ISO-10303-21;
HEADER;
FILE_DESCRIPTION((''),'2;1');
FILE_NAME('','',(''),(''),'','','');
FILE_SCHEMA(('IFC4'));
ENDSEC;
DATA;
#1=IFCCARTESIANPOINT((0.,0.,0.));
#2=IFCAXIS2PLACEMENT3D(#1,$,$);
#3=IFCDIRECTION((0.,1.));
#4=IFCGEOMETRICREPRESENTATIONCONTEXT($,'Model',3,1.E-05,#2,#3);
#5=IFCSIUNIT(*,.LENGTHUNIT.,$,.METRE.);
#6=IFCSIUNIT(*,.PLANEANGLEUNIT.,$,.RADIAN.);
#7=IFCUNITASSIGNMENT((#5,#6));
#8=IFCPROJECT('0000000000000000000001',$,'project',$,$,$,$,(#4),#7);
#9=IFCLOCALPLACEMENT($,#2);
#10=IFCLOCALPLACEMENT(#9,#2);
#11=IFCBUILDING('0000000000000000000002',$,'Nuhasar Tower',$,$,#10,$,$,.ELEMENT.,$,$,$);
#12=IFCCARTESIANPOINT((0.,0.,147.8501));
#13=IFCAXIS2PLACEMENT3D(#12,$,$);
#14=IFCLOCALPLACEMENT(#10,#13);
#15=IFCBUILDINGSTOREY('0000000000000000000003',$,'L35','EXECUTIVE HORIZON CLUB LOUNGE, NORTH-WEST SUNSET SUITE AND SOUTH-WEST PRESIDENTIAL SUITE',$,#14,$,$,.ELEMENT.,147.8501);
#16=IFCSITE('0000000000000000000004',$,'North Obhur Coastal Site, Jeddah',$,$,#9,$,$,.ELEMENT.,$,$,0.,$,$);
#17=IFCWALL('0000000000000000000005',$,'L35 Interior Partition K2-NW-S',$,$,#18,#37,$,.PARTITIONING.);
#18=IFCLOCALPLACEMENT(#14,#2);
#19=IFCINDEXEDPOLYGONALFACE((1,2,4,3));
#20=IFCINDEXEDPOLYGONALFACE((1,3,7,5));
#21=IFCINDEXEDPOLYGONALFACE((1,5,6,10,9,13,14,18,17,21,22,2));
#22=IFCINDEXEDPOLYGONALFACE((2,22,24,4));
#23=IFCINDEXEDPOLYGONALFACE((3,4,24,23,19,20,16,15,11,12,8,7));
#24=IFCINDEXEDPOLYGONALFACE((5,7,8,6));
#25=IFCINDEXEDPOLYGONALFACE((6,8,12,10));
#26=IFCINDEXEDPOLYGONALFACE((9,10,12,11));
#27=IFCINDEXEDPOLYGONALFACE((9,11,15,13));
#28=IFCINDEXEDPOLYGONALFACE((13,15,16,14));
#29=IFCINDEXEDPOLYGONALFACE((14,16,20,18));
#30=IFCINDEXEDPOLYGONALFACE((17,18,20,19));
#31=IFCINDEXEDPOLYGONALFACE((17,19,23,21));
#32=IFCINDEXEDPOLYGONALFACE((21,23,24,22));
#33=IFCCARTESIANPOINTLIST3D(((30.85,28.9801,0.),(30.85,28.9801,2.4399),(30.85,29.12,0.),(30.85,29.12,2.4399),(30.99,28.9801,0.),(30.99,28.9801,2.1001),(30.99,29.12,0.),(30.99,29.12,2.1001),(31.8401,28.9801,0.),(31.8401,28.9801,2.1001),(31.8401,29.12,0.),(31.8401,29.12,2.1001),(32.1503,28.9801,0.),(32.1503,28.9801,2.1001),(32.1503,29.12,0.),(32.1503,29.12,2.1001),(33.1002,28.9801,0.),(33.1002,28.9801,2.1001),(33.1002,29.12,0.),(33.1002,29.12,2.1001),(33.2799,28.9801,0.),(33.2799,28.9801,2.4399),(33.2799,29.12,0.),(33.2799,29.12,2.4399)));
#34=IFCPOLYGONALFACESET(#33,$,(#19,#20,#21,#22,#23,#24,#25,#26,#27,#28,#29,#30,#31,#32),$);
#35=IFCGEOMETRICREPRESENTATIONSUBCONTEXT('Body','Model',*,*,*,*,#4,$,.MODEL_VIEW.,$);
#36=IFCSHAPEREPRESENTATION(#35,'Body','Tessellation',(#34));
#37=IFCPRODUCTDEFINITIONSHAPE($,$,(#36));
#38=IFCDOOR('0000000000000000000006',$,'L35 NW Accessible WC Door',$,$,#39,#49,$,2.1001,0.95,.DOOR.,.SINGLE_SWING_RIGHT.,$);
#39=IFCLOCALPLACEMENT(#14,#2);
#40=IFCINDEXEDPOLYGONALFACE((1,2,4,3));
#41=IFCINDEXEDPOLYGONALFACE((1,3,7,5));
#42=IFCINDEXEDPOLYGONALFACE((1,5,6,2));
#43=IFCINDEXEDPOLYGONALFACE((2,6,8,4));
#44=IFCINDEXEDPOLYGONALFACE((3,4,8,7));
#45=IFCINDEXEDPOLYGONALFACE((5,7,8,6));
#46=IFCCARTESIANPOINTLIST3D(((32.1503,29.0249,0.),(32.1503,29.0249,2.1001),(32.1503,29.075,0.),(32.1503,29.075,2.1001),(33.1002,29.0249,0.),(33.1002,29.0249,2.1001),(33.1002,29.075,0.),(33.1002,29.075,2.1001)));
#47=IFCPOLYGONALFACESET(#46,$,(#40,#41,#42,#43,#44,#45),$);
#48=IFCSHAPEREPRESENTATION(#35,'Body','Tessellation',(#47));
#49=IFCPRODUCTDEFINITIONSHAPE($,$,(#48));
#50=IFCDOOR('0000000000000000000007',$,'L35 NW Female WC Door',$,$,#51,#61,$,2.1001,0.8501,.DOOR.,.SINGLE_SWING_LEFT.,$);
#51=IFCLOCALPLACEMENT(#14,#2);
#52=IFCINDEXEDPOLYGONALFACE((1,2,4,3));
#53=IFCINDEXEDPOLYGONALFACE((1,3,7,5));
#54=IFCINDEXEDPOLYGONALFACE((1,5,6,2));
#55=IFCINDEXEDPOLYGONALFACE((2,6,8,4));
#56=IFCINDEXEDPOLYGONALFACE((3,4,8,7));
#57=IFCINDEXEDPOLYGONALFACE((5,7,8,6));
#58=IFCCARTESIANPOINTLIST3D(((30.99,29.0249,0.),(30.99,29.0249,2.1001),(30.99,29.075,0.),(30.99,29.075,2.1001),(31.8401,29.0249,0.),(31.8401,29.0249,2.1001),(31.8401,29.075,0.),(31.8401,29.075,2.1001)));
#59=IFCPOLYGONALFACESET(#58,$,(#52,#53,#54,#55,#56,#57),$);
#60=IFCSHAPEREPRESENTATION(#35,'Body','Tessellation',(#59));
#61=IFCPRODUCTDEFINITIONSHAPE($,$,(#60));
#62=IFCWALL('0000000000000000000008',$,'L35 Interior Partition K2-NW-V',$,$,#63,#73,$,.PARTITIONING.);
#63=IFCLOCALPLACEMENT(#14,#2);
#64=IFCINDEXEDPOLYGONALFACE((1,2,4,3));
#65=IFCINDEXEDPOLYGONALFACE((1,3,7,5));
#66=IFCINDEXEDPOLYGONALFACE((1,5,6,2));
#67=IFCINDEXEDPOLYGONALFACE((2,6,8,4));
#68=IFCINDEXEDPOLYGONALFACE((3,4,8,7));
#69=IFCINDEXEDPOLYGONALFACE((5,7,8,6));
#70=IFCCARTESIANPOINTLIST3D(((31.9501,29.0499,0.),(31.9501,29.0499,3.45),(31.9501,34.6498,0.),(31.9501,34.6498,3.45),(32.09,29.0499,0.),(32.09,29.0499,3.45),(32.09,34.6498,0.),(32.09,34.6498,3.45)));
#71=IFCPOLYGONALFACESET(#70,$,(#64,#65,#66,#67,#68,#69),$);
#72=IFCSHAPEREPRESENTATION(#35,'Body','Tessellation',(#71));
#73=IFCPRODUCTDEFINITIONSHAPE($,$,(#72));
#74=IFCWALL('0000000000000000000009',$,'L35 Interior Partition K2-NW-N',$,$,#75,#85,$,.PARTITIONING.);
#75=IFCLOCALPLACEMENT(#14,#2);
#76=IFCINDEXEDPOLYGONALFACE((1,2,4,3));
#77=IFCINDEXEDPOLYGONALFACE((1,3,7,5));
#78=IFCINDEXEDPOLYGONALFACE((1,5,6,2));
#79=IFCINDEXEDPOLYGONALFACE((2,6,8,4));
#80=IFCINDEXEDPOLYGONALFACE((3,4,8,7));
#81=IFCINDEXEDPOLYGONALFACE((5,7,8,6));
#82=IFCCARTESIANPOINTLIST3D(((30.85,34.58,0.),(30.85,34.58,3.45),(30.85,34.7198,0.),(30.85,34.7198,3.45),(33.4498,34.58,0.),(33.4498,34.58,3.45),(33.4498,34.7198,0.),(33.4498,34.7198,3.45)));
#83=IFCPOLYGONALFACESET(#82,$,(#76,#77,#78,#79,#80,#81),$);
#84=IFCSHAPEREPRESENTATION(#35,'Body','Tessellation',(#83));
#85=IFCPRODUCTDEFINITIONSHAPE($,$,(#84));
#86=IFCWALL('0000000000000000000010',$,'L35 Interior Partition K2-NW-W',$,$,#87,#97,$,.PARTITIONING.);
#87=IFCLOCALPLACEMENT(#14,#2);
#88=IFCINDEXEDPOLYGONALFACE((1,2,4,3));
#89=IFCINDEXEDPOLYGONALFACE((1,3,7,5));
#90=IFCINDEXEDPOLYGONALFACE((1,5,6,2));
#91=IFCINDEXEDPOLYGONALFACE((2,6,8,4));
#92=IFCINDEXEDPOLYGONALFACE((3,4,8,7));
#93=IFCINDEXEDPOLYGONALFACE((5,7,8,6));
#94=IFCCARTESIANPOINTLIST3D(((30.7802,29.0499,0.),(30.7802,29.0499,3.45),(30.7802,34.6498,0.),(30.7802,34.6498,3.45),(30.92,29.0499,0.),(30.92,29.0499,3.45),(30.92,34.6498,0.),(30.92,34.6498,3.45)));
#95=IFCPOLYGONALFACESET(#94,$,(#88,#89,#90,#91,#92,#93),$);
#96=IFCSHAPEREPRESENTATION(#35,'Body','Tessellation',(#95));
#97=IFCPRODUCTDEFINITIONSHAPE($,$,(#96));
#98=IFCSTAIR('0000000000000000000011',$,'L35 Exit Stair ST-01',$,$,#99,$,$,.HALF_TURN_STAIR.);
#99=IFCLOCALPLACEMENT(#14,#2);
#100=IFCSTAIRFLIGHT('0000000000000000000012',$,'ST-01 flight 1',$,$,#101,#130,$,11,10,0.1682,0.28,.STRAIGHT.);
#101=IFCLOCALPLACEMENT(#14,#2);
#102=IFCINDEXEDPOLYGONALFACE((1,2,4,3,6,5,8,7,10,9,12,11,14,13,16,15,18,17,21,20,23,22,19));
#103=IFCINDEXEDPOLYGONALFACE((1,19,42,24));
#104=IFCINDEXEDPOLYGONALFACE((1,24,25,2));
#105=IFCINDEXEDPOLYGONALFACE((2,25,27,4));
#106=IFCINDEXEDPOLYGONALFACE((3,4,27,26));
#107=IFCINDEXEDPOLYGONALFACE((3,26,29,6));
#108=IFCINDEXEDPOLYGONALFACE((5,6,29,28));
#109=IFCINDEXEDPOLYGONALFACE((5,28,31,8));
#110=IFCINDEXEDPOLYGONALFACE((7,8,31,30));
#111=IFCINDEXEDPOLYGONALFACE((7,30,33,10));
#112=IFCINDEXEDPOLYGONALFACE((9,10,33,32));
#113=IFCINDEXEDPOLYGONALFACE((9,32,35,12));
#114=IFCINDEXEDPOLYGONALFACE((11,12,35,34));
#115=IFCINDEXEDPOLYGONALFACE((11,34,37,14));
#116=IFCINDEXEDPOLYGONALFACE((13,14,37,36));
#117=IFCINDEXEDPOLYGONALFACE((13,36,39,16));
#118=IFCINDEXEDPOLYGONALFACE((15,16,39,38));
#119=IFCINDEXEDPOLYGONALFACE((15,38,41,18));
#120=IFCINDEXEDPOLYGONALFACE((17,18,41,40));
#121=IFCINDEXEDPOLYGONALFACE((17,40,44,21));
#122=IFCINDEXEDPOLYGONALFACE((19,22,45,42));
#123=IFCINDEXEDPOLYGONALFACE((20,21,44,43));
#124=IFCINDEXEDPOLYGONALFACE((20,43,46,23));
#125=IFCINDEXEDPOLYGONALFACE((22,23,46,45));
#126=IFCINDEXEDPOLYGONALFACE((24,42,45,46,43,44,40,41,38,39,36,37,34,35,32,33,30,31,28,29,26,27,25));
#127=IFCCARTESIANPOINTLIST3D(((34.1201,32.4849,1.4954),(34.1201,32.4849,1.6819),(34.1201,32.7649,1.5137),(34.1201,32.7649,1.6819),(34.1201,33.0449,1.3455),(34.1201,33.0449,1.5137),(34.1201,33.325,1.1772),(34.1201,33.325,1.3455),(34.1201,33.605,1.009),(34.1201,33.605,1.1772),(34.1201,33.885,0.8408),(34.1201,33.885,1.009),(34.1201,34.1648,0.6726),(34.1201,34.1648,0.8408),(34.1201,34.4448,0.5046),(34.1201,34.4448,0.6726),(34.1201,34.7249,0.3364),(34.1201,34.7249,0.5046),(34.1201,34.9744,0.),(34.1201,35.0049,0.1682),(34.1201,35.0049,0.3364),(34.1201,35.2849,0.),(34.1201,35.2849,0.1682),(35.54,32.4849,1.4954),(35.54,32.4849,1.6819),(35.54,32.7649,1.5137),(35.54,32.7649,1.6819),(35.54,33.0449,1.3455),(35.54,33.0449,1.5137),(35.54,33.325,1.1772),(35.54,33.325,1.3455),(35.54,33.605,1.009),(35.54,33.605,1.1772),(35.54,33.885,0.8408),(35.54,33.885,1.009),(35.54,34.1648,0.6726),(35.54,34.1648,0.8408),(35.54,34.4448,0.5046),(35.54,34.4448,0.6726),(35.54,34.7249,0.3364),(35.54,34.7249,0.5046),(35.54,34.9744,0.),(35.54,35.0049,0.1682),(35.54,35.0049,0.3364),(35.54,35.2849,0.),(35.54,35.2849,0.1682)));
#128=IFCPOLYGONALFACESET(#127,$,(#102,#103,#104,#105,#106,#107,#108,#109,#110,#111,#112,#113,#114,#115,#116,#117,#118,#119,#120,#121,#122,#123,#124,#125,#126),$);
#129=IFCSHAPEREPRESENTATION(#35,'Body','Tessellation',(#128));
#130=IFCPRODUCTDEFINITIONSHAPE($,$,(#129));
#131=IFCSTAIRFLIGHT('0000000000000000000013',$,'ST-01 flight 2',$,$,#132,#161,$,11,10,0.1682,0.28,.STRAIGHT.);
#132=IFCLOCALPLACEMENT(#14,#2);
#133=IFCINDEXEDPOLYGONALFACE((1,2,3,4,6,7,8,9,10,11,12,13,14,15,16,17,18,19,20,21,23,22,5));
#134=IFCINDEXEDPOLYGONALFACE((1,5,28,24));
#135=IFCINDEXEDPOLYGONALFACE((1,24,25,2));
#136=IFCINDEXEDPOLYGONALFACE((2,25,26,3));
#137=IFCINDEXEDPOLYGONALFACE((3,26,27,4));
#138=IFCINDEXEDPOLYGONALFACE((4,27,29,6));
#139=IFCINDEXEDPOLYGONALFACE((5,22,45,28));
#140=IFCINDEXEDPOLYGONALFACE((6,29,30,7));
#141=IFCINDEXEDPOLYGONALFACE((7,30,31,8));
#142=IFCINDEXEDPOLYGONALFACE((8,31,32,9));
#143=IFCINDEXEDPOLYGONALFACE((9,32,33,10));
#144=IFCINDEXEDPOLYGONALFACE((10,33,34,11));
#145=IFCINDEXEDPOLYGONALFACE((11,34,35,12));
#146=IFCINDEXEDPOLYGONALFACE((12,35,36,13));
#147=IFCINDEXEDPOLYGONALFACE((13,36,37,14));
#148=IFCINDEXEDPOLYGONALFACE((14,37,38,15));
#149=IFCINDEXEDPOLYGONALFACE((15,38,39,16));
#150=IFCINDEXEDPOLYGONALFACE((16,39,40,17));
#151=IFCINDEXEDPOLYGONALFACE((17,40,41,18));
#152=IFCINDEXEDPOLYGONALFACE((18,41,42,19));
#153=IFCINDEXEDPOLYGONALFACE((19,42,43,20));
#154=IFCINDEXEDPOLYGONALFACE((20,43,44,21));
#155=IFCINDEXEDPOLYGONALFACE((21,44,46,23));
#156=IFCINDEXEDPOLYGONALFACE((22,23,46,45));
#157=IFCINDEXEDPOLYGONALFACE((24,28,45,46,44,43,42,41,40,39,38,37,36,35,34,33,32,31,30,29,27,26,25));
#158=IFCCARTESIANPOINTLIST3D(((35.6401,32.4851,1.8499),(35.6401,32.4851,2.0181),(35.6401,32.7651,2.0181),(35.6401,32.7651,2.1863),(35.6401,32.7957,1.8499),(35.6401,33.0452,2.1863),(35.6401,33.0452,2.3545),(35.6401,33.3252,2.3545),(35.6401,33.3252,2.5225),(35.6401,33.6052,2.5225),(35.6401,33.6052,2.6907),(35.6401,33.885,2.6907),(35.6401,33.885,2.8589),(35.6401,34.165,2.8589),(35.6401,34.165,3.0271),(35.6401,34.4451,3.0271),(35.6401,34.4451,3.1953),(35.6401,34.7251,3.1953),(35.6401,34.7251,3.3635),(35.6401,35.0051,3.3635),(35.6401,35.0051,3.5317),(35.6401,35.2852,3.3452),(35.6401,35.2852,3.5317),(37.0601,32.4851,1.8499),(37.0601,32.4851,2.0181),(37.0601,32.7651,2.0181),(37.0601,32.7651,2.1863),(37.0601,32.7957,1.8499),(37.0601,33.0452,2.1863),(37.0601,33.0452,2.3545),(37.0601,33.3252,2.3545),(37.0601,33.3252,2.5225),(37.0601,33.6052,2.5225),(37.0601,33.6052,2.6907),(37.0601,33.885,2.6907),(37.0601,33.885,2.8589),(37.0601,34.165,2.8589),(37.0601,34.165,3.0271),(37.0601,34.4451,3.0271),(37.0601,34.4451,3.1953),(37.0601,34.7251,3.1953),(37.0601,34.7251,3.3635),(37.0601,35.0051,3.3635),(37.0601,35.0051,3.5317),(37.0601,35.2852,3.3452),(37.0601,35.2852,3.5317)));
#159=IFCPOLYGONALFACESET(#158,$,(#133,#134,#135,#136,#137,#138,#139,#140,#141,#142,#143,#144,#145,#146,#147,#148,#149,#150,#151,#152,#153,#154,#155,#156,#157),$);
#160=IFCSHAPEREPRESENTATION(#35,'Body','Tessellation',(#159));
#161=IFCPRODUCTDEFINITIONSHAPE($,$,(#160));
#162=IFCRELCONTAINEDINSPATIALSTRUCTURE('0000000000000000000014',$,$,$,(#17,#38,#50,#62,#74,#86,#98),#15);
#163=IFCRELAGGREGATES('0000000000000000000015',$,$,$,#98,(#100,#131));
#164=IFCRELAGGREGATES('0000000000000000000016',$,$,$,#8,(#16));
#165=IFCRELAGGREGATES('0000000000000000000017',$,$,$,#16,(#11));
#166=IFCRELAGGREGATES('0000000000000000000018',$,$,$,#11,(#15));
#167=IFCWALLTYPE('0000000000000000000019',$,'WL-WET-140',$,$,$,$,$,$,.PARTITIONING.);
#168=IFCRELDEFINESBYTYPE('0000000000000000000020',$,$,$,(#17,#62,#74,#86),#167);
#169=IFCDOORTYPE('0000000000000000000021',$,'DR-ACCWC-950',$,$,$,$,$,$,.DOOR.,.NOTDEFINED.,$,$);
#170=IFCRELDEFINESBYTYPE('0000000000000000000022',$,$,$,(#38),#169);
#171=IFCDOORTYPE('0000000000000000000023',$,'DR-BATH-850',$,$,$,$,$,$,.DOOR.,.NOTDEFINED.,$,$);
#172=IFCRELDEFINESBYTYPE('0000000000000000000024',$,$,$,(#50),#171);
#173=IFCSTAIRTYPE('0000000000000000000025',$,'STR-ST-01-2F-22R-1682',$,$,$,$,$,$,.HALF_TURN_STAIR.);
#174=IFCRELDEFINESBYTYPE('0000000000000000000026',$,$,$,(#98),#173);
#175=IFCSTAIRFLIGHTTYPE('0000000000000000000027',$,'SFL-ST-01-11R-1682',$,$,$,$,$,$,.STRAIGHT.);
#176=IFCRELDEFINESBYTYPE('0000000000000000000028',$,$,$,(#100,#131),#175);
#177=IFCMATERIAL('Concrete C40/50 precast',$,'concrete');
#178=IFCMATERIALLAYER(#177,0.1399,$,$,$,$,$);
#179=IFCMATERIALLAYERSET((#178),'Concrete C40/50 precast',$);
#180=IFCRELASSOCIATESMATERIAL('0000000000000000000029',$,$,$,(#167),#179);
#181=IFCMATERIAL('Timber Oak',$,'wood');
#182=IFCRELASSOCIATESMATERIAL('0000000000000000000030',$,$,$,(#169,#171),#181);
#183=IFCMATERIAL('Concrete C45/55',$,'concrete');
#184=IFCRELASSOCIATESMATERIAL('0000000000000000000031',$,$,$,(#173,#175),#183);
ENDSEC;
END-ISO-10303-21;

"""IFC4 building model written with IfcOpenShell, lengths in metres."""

from ifc_helpers import new_model, si_unit, direction, frame, frame_2d, origin, place, context, subcontext, project, spatial, polyline, rectangle, outline, extrude, material, layer, layer_set, type_object, element, fill, aggregate, save


model = new_model("IFC4")

# Units and contexts
model_context = context("Model", 3, precision=1e-05, world=origin(), true_north=direction((0.0, 1.0)))
body_context = subcontext(model_context, "Body", "Model", "MODEL_VIEW")
ifc_project = project(units=[si_unit("LENGTHUNIT", "METRE"), si_unit("PLANEANGLEUNIT", "RADIAN")], contexts=[model_context])

# Site, building, storey
site_placement = place(None, origin())
site = spatial("IfcSite", under=ifc_project, at=site_placement, Name="North Obhur Coastal Site, Jeddah", CompositionType="ELEMENT", RefElevation=0.0)
building_placement = place(site_placement, origin())
building = spatial("IfcBuilding", under=site, at=building_placement, Name="Nuhasar Tower", CompositionType="ELEMENT")
storey_placement = place(building_placement, frame((0.0, 0.0, 147.8501)))
storey = spatial("IfcBuildingStorey", under=building, at=storey_placement, Name="L35", Description="EXECUTIVE HORIZON CLUB LOUNGE, NORTH-WEST SUNSET SUITE AND SOUTH-WEST PRESIDENTIAL SUITE", CompositionType="ELEMENT", Elevation=147.8501)

# Shared definitions
ifc_material_1 = material(Name="Concrete C40/50 precast", Category="concrete")
ifc_layer_1 = layer(ifc_material_1, 0.1399)
ifc_layer_set_1 = layer_set([ifc_layer_1], Name="Concrete C40/50 precast")
wall_type_1 = type_object("IfcWallType", Name="WL-WET-140", PredefinedType="PARTITIONING", material=ifc_layer_set_1)

# Wall, openings, doors
wall_1_placement = place(storey_placement, frame((30.8501, 29.05, 0.0), z_axis=(0.0, 0.0, 1.0), x_axis=(1.0, 0.0, 0.0)))
wall_1 = element("IfcWall", 1, at=wall_1_placement, inside=storey, type_object=wall_type_1, Name="L35 Interior Partition K2-NW-S", PredefinedType="PARTITIONING", context=body_context, shape_type="SweptSolid", body=[
    extrude(rectangle(XDim=2.4299, YDim=0.1399, at=frame_2d((1.2148, 0.0))), origin(), (0.0, 0.0, 1.0), 2.4399),
])
opening_1_placement = place(wall_1_placement, frame((0.1399, 0.0, 0.0)))
opening_1 = element("IfcOpeningElement", 2, at=opening_1_placement, cuts=wall_1, PredefinedType="OPENING", context=body_context, shape_type="SweptSolid", body=[
    extrude(rectangle(XDim=0.8501, YDim=2.1001, at=frame_2d((0.425, 1.05))), frame((0.0, 0.0801, 0.0), z_axis=(0.0, -1.0, 0.0), x_axis=(1.0, 0.0, 0.0)), (0.0, 0.0, 1.0), 0.1599),
])
opening_2_placement = place(wall_1_placement, frame((1.3, 0.0, 0.0)))
opening_2 = element("IfcOpeningElement", 3, at=opening_2_placement, cuts=wall_1, PredefinedType="OPENING", context=body_context, shape_type="SweptSolid", body=[
    extrude(rectangle(XDim=0.95, YDim=2.1001, at=frame_2d((0.4751, 1.05))), frame((0.0, 0.0801, 0.0), z_axis=(0.0, -1.0, 0.0), x_axis=(1.0, 0.0, 0.0)), (0.0, 0.0, 1.0), 0.1599),
])
ifc_material_2 = material(Name="Timber Oak", Category="wood")
door_type_1 = type_object("IfcDoorType", Name="DR-ACCWC-950", OperationType="NOTDEFINED", PredefinedType="DOOR", material=ifc_material_2)
door_1_placement = place(opening_2_placement, origin())
door_1 = element("IfcDoor", 4, at=door_1_placement, inside=storey, type_object=door_type_1, Name="L35 NW Accessible WC Door", OperationType="SINGLE_SWING_RIGHT", OverallHeight=2.1001, OverallWidth=0.95, PredefinedType="DOOR", context=body_context, shape_type="SweptSolid", body=[
    extrude(rectangle(XDim=0.95, YDim=2.1001, at=frame_2d((0.4751, 1.05))), frame((0.0, 0.0249, 0.0), z_axis=(0.0, -1.0, 0.0), x_axis=(1.0, 0.0, 0.0)), (0.0, 0.0, 1.0), 0.05),
])
fill(opening_2, door_1)
door_type_2 = type_object("IfcDoorType", Name="DR-BATH-850", OperationType="NOTDEFINED", PredefinedType="DOOR", material=ifc_material_2)
door_2_placement = place(opening_1_placement, origin())
door_2 = element("IfcDoor", 5, at=door_2_placement, inside=storey, type_object=door_type_2, Name="L35 NW Female WC Door", OperationType="SINGLE_SWING_LEFT", OverallHeight=2.1001, OverallWidth=0.8501, PredefinedType="DOOR", context=body_context, shape_type="SweptSolid", body=[
    extrude(rectangle(XDim=0.8501, YDim=2.1001, at=frame_2d((0.425, 1.05))), frame((0.0, 0.0249, 0.0), z_axis=(0.0, -1.0, 0.0), x_axis=(1.0, 0.0, 0.0)), (0.0, 0.0, 1.0), 0.05),
])
fill(opening_1, door_2)

# Walls
wall_2_placement = place(storey_placement, frame((32.02, 29.05, 0.0), z_axis=(0.0, 0.0, 1.0), x_axis=(0.0, 1.0, 0.0)))
element("IfcWall", 6, at=wall_2_placement, inside=storey, type_object=wall_type_1, Name="L35 Interior Partition K2-NW-V", PredefinedType="PARTITIONING", context=body_context, shape_type="SweptSolid", body=[
    extrude(rectangle(XDim=5.5999, YDim=0.1399, at=frame_2d((2.7998, 0.0))), origin(), (0.0, 0.0, 1.0), 3.45),
])
wall_3_placement = place(storey_placement, frame((30.8501, 34.6499, 0.0), z_axis=(0.0, 0.0, 1.0), x_axis=(1.0, 0.0, 0.0)))
element("IfcWall", 7, at=wall_3_placement, inside=storey, type_object=wall_type_1, Name="L35 Interior Partition K2-NW-N", PredefinedType="PARTITIONING", context=body_context, shape_type="SweptSolid", body=[
    extrude(rectangle(XDim=2.5999, YDim=0.1399, at=frame_2d((1.2998, 0.0))), origin(), (0.0, 0.0, 1.0), 3.45),
])
wall_4_placement = place(storey_placement, frame((30.8501, 29.05, 0.0), z_axis=(0.0, 0.0, 1.0), x_axis=(0.0, 1.0, 0.0)))
element("IfcWall", 8, at=wall_4_placement, inside=storey, type_object=wall_type_1, Name="L35 Interior Partition K2-NW-W", PredefinedType="PARTITIONING", context=body_context, shape_type="SweptSolid", body=[
    extrude(rectangle(XDim=5.5999, YDim=0.1399, at=frame_2d((2.7998, 0.0))), origin(), (0.0, 0.0, 1.0), 3.45),
])

# Stair, stair flights
ifc_material_3 = material(Name="Concrete C45/55", Category="concrete")
stair_type_1 = type_object("IfcStairType", Name="STR-ST-01-2F-22R-1682", PredefinedType="HALF_TURN_STAIR", material=ifc_material_3)
stair_1_placement = place(storey_placement, origin())
stair_1 = element("IfcStair", 9, at=stair_1_placement, inside=storey, type_object=stair_type_1, Name="L35 Exit Stair ST-01", PredefinedType="HALF_TURN_STAIR")
stair_flight_type_1 = type_object("IfcStairFlightType", Name="SFL-ST-01-11R-1682", PredefinedType="STRAIGHT", material=ifc_material_3)
stair_flight_1_placement = place(storey_placement, frame((34.8301, 35.2849, 0.0), z_axis=(0.0, 0.0, 1.0), x_axis=(0.0, -1.0, 0.0)))
stair_flight_1 = element("IfcStairFlight", 10, at=stair_flight_1_placement, type_object=stair_flight_type_1, Name="ST-01 flight 1", NumberOfRisers=11, NumberOfTreads=10, PredefinedType="STRAIGHT", RiserHeight=0.1682, TreadLength=0.28, context=body_context, shape_type="SweptSolid", body=[
    extrude(outline(polyline([(0.0, 0.0), (0.0, 0.1682), (0.28, 0.1682), (0.28, 0.3364), (0.5601, 0.3364), (0.5601, 0.5046), (0.8401, 0.5046), (0.8401, 0.6726), (1.1201, 0.6726), (1.1201, 0.8408), (1.3999, 0.8408), (1.3999, 1.009), (1.6799, 1.009), (1.6799, 1.1772), (1.96, 1.1772), (1.96, 1.3455), (2.24, 1.3455), (2.24, 1.5137), (2.52, 1.5137), (2.52, 1.6819), (2.8, 1.6819), (2.8, 1.8501), (2.8, 1.4954), (0.3105, 0.0), (0.0, 0.0)])), frame((0.0, 0.71, 0.0), z_axis=(0.0, -1.0, 0.0), x_axis=(1.0, 0.0, 0.0)), (0.0, 0.0, 1.0), 1.4199),
])
stair_flight_2_placement = place(storey_placement, frame((36.3501, 32.4851, 1.8499), z_axis=(0.0, 0.0, 1.0), x_axis=(0.0, 1.0, 0.0)))
stair_flight_2 = element("IfcStairFlight", 11, at=stair_flight_2_placement, type_object=stair_flight_type_1, Name="ST-01 flight 2", NumberOfRisers=11, NumberOfTreads=10, PredefinedType="STRAIGHT", RiserHeight=0.1682, TreadLength=0.28, context=body_context, shape_type="SweptSolid", body=[
    extrude(outline(polyline([(0.0, 0.0), (0.0, 0.1682), (0.28, 0.1682), (0.28, 0.3364), (0.5601, 0.3364), (0.5601, 0.5046), (0.8401, 0.5046), (0.8401, 0.6726), (1.1201, 0.6726), (1.1201, 0.8408), (1.3999, 0.8408), (1.3999, 1.009), (1.6799, 1.009), (1.6799, 1.1772), (1.96, 1.1772), (1.96, 1.3455), (2.24, 1.3455), (2.24, 1.5137), (2.52, 1.5137), (2.52, 1.6819), (2.8, 1.6819), (2.8, 1.8501), (2.8, 1.4954), (0.3105, 0.0), (0.0, 0.0)])), frame((0.0, 0.71, 0.0), z_axis=(0.0, -1.0, 0.0), x_axis=(1.0, 0.0, 0.0)), (0.0, 0.0, 1.0), 1.4199),
])
aggregate(stair_1, [stair_flight_1, stair_flight_2])

save(model, "model.ifc")
